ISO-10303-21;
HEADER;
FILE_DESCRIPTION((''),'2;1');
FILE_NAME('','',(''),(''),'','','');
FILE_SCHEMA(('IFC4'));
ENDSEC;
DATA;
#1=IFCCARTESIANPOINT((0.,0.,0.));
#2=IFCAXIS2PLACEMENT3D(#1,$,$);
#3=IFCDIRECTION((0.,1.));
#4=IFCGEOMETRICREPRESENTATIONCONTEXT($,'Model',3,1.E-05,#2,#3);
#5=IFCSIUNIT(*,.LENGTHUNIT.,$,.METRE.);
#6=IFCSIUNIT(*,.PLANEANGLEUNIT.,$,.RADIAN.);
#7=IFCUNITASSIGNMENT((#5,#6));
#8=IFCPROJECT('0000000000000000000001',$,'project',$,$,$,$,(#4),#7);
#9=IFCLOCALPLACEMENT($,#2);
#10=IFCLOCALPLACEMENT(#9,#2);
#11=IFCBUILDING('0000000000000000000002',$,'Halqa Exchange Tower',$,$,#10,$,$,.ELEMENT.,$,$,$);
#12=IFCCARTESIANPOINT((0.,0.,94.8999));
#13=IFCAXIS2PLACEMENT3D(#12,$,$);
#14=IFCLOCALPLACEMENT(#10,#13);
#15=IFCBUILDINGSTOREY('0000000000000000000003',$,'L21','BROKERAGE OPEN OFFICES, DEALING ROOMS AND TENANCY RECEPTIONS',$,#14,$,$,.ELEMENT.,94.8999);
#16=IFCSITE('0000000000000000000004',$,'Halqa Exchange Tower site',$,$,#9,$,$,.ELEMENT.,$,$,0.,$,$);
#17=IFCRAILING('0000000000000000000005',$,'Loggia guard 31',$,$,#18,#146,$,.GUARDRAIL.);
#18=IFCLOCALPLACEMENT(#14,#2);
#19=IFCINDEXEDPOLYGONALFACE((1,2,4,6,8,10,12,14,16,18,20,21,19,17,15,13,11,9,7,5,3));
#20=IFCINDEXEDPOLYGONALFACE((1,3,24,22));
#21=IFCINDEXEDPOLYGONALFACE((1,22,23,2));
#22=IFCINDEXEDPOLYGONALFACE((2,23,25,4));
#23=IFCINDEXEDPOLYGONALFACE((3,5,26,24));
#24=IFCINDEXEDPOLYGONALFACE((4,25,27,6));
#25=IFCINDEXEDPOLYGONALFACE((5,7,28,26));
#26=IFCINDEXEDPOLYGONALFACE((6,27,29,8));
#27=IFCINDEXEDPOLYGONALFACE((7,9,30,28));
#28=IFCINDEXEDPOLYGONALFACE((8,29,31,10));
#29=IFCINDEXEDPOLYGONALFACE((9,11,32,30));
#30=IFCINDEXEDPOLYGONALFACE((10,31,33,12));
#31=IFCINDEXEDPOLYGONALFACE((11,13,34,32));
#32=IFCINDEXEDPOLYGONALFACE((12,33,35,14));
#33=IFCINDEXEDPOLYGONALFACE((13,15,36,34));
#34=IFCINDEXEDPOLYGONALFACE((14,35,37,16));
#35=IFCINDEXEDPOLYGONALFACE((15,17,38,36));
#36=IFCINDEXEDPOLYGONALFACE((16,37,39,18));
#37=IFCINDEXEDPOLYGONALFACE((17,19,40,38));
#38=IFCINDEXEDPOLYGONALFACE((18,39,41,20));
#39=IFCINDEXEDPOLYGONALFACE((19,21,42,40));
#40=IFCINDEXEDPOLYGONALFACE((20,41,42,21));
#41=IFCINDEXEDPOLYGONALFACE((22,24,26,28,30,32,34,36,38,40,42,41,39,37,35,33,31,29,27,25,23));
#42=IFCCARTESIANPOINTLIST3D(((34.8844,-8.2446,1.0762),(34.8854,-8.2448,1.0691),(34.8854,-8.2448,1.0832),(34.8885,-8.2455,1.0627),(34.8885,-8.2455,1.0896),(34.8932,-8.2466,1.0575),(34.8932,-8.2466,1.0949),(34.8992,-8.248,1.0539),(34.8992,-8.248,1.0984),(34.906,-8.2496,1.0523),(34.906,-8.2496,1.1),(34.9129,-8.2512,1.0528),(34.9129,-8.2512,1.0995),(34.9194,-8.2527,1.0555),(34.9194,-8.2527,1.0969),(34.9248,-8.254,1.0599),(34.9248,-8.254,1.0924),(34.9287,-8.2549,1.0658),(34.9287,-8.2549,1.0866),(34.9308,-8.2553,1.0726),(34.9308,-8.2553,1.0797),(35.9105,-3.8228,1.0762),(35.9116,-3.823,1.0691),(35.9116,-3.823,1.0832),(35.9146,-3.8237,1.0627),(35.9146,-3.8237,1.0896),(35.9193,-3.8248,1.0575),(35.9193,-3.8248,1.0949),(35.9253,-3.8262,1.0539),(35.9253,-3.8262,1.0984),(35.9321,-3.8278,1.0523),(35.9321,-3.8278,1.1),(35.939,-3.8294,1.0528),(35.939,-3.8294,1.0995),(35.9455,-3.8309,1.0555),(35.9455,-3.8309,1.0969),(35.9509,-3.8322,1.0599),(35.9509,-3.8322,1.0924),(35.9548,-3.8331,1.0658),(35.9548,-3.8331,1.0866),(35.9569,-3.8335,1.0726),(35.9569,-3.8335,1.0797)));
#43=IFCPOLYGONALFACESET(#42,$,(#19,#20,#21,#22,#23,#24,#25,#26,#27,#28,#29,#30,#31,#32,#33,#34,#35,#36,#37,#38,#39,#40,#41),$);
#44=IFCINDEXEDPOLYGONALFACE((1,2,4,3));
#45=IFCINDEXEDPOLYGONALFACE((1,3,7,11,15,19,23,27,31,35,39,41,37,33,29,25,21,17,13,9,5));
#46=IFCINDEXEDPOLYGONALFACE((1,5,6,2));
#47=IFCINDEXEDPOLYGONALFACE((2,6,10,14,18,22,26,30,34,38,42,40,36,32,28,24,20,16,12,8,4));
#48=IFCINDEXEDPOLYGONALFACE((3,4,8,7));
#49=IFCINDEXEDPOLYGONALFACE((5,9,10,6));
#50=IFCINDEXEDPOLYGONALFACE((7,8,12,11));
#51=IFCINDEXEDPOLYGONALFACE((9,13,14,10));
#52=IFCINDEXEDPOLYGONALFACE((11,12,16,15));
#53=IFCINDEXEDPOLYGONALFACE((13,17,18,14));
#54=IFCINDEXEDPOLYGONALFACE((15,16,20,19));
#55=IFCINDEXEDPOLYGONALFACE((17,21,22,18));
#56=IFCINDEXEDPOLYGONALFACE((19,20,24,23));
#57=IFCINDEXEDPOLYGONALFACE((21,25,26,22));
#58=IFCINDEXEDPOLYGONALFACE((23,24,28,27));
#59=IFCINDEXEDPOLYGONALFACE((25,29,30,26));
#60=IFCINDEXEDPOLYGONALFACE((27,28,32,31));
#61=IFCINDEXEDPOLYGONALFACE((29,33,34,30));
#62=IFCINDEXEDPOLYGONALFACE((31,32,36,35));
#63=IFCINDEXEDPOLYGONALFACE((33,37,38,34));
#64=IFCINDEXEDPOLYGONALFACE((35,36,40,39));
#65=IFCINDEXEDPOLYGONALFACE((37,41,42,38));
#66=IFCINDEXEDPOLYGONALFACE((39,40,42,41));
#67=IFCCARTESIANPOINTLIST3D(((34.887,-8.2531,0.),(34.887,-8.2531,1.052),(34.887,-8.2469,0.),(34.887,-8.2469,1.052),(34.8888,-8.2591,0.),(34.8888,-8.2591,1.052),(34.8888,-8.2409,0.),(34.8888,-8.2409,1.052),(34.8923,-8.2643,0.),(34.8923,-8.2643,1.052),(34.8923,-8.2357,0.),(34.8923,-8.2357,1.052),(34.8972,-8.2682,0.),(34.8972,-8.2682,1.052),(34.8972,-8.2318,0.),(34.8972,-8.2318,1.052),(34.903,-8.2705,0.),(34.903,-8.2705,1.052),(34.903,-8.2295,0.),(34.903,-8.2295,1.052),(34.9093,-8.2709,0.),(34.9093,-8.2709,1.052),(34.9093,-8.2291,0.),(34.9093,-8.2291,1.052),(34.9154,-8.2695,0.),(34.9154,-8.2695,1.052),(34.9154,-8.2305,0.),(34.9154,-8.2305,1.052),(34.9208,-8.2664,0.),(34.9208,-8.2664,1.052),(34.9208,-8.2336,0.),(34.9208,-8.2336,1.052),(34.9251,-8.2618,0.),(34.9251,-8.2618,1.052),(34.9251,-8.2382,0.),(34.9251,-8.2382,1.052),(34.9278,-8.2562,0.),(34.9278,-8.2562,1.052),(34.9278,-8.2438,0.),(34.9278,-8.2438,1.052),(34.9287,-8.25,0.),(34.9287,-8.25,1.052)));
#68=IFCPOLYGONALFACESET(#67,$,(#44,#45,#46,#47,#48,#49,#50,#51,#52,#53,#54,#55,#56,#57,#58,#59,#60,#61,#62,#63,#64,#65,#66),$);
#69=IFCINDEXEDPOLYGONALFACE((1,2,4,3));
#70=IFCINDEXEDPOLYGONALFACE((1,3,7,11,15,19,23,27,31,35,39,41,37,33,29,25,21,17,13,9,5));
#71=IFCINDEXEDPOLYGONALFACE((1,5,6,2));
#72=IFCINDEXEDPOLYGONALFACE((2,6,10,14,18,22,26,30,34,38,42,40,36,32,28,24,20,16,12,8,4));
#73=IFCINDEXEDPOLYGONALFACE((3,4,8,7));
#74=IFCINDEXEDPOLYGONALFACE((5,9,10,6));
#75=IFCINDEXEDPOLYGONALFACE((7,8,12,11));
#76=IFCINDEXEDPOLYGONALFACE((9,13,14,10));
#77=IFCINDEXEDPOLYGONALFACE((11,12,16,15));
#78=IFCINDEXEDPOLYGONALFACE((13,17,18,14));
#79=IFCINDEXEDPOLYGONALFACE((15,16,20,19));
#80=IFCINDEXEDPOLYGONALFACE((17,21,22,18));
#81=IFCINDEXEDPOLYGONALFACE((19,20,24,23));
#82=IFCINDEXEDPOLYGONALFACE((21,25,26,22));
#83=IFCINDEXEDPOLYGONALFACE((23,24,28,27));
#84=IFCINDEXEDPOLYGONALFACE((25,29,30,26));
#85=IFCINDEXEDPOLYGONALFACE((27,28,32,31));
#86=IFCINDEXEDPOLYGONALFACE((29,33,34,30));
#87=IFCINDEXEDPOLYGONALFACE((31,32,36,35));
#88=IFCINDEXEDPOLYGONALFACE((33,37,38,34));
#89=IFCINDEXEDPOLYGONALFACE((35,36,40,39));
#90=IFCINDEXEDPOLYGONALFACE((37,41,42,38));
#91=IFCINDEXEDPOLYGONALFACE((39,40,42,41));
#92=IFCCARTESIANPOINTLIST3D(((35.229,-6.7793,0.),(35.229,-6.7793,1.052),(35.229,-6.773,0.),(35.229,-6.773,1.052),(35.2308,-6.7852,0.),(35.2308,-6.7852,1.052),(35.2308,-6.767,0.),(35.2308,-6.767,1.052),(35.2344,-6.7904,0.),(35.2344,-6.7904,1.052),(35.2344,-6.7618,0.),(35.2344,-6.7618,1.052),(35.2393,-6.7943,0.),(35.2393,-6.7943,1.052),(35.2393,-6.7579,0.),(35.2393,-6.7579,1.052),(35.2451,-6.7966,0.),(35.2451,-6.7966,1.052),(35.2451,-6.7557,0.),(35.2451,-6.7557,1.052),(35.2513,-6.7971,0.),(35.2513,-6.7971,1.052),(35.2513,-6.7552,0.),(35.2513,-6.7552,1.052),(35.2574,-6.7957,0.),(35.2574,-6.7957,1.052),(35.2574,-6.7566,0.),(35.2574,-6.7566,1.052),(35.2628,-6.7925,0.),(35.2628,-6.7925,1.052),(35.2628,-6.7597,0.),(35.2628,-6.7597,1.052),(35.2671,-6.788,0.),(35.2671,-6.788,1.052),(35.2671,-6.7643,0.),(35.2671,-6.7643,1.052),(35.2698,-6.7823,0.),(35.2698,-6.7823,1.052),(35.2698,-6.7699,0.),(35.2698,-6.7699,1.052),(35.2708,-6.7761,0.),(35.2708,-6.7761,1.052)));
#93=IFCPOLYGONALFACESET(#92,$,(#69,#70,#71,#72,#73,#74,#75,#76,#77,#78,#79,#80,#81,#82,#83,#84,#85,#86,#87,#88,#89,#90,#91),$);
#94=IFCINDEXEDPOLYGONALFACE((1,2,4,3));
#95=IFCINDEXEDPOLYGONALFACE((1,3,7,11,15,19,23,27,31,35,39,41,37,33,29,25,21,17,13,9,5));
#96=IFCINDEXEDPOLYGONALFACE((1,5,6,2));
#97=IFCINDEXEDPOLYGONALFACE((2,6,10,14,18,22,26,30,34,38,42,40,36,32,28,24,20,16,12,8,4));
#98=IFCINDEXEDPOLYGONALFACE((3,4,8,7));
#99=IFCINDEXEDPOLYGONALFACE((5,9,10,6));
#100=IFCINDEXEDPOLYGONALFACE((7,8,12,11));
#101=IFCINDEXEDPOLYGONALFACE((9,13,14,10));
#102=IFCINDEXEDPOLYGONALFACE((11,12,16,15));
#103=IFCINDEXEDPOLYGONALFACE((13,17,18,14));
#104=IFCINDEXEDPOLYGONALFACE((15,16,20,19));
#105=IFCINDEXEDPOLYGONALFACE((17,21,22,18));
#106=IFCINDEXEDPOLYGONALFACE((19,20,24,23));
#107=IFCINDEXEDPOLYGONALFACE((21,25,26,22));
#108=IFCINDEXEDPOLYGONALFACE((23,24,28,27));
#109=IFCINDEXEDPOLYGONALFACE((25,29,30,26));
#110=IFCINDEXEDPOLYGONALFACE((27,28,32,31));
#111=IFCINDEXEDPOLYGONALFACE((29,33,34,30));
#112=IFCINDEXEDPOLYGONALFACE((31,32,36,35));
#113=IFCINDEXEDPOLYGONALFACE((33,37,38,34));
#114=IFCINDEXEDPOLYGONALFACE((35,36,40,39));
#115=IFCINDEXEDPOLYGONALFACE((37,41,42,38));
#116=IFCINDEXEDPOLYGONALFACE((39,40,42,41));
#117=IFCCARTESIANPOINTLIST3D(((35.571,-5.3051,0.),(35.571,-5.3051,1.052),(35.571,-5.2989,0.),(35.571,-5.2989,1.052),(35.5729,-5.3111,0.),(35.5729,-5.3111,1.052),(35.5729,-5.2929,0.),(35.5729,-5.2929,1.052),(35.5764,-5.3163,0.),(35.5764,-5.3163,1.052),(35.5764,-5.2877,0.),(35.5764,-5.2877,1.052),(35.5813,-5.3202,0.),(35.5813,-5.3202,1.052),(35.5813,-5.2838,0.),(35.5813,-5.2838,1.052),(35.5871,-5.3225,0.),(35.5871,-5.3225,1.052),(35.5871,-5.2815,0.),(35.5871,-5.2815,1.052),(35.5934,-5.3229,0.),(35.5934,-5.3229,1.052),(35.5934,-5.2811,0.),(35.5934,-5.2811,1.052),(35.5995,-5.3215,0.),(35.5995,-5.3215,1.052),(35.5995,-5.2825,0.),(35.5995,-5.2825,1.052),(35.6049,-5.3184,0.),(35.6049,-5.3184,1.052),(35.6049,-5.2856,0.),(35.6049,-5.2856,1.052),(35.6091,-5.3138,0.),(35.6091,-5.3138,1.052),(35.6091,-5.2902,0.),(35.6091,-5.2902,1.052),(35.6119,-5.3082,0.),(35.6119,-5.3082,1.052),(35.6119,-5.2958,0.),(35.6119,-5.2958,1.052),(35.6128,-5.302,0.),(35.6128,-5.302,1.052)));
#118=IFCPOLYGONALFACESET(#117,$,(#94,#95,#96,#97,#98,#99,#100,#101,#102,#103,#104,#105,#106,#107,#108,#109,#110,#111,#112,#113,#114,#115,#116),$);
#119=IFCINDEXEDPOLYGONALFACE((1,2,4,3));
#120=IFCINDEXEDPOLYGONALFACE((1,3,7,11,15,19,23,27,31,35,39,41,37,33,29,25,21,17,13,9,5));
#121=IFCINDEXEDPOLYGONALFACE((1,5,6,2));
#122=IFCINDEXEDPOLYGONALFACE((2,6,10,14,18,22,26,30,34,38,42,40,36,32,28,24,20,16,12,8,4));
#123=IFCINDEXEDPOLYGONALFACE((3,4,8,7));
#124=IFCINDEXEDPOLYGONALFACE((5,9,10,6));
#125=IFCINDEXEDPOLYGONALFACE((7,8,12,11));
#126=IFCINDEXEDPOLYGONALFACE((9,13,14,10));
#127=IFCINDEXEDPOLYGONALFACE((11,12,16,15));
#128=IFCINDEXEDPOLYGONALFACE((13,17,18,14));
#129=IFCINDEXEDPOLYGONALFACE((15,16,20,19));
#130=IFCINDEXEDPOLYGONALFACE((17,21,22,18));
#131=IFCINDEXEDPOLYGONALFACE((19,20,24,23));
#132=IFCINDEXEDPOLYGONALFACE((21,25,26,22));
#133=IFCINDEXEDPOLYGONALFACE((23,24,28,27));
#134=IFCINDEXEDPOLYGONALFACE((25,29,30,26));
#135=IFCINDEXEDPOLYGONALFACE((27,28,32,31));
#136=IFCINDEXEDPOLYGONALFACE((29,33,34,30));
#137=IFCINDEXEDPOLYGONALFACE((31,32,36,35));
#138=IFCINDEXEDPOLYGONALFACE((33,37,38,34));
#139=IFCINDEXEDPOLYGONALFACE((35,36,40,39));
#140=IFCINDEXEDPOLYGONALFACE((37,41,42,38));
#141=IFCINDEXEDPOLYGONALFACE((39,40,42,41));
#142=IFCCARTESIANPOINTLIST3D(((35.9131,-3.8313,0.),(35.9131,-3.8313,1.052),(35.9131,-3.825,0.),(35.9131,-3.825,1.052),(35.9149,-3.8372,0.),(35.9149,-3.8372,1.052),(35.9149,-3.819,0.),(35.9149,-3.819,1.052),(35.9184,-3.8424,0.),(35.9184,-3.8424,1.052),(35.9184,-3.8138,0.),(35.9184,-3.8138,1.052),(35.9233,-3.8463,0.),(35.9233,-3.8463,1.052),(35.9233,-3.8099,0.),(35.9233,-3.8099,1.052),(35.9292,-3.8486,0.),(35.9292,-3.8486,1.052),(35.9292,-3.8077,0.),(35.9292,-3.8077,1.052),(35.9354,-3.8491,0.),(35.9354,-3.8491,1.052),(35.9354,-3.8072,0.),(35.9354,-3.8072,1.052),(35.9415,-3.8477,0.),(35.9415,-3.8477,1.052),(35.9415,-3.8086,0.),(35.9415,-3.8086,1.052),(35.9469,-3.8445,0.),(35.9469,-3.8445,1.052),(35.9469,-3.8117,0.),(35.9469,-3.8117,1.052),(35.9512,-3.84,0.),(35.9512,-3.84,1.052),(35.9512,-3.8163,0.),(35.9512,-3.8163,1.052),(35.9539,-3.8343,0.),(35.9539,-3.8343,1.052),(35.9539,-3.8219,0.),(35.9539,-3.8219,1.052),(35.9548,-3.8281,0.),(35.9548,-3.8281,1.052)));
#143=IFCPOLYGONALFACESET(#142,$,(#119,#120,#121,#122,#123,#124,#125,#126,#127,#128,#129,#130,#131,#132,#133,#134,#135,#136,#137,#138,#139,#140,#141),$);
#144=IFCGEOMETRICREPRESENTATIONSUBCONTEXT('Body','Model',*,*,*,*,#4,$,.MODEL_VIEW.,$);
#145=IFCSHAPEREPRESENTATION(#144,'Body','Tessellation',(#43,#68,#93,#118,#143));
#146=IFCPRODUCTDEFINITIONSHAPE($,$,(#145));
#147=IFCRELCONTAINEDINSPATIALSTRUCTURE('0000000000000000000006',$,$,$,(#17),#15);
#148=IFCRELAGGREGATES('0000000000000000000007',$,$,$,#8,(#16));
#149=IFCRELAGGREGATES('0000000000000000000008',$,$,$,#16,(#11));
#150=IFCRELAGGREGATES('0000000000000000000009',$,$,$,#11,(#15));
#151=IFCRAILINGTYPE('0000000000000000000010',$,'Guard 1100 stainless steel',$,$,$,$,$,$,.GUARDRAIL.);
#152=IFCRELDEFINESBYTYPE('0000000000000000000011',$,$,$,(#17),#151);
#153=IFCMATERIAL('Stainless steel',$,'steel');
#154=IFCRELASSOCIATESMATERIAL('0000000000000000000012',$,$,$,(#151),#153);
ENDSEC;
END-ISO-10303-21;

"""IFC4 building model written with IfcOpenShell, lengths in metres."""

from ifc_helpers import new_model, si_unit, direction, frame, origin, origin_2d, place, context, subcontext, project, spatial, circle, extrude, material, type_object, element, save


model = new_model("IFC4")

# Units and contexts
model_context = context("Model", 3, precision=1e-05, world=origin(), true_north=direction((0.0, 1.0)))
body_context = subcontext(model_context, "Body", "Model", "MODEL_VIEW")
ifc_project = project(units=[si_unit("LENGTHUNIT", "METRE"), si_unit("PLANEANGLEUNIT", "RADIAN")], contexts=[model_context])

# Site, building, storey
site_placement = place(None, origin())
site = spatial("IfcSite", under=ifc_project, at=site_placement, Name="Halqa Exchange Tower site", CompositionType="ELEMENT", RefElevation=0.0)
building_placement = place(site_placement, origin())
building = spatial("IfcBuilding", under=site, at=building_placement, Name="Halqa Exchange Tower", CompositionType="ELEMENT")
storey_placement = place(building_placement, frame((0.0, 0.0, 94.8999)))
storey = spatial("IfcBuildingStorey", under=building, at=storey_placement, Name="L21", Description="BROKERAGE OPEN OFFICES, DEALING ROOMS AND TENANCY RECEPTIONS", CompositionType="ELEMENT", Elevation=94.8999)

# Railing
ifc_material_1 = material(Name="Stainless steel", Category="steel")
railing_type = type_object("IfcRailingType", Name="Guard 1100 stainless steel", PredefinedType="GUARDRAIL", material=ifc_material_1)
railing_1_placement = place(storey_placement, frame((34.9077, -8.25, 0.0)))
element("IfcRailing", 1, at=railing_1_placement, inside=storey, type_object=railing_type, Name="Loggia guard 31", PredefinedType="GUARDRAIL", context=body_context, shape_type="SweptSolid", body=[
    extrude(circle(Radius=0.0239, at=origin_2d()), frame((0.0, 0.0, 1.0762), z_axis=(0.22605, 0.974116, 0.0), x_axis=(-0.974116, 0.22605, 0.0)), (0.0, 0.0, 1.0), 4.5393),
    extrude(circle(Radius=0.021, at=origin_2d()), origin(), (0.0, 0.0, 1.0), 1.052),
    extrude(circle(Radius=0.021, at=origin_2d()), frame((0.342, 1.4739, 0.0)), (0.0, 0.0, 1.0), 1.052),
    extrude(circle(Radius=0.021, at=origin_2d()), frame((0.6841, 2.948, 0.0)), (0.0, 0.0, 1.0), 1.052),
    extrude(circle(Radius=0.021, at=origin_2d()), frame((1.0261, 4.4219, 0.0)), (0.0, 0.0, 1.0), 1.052),
])

save(model, "model.ifc")
